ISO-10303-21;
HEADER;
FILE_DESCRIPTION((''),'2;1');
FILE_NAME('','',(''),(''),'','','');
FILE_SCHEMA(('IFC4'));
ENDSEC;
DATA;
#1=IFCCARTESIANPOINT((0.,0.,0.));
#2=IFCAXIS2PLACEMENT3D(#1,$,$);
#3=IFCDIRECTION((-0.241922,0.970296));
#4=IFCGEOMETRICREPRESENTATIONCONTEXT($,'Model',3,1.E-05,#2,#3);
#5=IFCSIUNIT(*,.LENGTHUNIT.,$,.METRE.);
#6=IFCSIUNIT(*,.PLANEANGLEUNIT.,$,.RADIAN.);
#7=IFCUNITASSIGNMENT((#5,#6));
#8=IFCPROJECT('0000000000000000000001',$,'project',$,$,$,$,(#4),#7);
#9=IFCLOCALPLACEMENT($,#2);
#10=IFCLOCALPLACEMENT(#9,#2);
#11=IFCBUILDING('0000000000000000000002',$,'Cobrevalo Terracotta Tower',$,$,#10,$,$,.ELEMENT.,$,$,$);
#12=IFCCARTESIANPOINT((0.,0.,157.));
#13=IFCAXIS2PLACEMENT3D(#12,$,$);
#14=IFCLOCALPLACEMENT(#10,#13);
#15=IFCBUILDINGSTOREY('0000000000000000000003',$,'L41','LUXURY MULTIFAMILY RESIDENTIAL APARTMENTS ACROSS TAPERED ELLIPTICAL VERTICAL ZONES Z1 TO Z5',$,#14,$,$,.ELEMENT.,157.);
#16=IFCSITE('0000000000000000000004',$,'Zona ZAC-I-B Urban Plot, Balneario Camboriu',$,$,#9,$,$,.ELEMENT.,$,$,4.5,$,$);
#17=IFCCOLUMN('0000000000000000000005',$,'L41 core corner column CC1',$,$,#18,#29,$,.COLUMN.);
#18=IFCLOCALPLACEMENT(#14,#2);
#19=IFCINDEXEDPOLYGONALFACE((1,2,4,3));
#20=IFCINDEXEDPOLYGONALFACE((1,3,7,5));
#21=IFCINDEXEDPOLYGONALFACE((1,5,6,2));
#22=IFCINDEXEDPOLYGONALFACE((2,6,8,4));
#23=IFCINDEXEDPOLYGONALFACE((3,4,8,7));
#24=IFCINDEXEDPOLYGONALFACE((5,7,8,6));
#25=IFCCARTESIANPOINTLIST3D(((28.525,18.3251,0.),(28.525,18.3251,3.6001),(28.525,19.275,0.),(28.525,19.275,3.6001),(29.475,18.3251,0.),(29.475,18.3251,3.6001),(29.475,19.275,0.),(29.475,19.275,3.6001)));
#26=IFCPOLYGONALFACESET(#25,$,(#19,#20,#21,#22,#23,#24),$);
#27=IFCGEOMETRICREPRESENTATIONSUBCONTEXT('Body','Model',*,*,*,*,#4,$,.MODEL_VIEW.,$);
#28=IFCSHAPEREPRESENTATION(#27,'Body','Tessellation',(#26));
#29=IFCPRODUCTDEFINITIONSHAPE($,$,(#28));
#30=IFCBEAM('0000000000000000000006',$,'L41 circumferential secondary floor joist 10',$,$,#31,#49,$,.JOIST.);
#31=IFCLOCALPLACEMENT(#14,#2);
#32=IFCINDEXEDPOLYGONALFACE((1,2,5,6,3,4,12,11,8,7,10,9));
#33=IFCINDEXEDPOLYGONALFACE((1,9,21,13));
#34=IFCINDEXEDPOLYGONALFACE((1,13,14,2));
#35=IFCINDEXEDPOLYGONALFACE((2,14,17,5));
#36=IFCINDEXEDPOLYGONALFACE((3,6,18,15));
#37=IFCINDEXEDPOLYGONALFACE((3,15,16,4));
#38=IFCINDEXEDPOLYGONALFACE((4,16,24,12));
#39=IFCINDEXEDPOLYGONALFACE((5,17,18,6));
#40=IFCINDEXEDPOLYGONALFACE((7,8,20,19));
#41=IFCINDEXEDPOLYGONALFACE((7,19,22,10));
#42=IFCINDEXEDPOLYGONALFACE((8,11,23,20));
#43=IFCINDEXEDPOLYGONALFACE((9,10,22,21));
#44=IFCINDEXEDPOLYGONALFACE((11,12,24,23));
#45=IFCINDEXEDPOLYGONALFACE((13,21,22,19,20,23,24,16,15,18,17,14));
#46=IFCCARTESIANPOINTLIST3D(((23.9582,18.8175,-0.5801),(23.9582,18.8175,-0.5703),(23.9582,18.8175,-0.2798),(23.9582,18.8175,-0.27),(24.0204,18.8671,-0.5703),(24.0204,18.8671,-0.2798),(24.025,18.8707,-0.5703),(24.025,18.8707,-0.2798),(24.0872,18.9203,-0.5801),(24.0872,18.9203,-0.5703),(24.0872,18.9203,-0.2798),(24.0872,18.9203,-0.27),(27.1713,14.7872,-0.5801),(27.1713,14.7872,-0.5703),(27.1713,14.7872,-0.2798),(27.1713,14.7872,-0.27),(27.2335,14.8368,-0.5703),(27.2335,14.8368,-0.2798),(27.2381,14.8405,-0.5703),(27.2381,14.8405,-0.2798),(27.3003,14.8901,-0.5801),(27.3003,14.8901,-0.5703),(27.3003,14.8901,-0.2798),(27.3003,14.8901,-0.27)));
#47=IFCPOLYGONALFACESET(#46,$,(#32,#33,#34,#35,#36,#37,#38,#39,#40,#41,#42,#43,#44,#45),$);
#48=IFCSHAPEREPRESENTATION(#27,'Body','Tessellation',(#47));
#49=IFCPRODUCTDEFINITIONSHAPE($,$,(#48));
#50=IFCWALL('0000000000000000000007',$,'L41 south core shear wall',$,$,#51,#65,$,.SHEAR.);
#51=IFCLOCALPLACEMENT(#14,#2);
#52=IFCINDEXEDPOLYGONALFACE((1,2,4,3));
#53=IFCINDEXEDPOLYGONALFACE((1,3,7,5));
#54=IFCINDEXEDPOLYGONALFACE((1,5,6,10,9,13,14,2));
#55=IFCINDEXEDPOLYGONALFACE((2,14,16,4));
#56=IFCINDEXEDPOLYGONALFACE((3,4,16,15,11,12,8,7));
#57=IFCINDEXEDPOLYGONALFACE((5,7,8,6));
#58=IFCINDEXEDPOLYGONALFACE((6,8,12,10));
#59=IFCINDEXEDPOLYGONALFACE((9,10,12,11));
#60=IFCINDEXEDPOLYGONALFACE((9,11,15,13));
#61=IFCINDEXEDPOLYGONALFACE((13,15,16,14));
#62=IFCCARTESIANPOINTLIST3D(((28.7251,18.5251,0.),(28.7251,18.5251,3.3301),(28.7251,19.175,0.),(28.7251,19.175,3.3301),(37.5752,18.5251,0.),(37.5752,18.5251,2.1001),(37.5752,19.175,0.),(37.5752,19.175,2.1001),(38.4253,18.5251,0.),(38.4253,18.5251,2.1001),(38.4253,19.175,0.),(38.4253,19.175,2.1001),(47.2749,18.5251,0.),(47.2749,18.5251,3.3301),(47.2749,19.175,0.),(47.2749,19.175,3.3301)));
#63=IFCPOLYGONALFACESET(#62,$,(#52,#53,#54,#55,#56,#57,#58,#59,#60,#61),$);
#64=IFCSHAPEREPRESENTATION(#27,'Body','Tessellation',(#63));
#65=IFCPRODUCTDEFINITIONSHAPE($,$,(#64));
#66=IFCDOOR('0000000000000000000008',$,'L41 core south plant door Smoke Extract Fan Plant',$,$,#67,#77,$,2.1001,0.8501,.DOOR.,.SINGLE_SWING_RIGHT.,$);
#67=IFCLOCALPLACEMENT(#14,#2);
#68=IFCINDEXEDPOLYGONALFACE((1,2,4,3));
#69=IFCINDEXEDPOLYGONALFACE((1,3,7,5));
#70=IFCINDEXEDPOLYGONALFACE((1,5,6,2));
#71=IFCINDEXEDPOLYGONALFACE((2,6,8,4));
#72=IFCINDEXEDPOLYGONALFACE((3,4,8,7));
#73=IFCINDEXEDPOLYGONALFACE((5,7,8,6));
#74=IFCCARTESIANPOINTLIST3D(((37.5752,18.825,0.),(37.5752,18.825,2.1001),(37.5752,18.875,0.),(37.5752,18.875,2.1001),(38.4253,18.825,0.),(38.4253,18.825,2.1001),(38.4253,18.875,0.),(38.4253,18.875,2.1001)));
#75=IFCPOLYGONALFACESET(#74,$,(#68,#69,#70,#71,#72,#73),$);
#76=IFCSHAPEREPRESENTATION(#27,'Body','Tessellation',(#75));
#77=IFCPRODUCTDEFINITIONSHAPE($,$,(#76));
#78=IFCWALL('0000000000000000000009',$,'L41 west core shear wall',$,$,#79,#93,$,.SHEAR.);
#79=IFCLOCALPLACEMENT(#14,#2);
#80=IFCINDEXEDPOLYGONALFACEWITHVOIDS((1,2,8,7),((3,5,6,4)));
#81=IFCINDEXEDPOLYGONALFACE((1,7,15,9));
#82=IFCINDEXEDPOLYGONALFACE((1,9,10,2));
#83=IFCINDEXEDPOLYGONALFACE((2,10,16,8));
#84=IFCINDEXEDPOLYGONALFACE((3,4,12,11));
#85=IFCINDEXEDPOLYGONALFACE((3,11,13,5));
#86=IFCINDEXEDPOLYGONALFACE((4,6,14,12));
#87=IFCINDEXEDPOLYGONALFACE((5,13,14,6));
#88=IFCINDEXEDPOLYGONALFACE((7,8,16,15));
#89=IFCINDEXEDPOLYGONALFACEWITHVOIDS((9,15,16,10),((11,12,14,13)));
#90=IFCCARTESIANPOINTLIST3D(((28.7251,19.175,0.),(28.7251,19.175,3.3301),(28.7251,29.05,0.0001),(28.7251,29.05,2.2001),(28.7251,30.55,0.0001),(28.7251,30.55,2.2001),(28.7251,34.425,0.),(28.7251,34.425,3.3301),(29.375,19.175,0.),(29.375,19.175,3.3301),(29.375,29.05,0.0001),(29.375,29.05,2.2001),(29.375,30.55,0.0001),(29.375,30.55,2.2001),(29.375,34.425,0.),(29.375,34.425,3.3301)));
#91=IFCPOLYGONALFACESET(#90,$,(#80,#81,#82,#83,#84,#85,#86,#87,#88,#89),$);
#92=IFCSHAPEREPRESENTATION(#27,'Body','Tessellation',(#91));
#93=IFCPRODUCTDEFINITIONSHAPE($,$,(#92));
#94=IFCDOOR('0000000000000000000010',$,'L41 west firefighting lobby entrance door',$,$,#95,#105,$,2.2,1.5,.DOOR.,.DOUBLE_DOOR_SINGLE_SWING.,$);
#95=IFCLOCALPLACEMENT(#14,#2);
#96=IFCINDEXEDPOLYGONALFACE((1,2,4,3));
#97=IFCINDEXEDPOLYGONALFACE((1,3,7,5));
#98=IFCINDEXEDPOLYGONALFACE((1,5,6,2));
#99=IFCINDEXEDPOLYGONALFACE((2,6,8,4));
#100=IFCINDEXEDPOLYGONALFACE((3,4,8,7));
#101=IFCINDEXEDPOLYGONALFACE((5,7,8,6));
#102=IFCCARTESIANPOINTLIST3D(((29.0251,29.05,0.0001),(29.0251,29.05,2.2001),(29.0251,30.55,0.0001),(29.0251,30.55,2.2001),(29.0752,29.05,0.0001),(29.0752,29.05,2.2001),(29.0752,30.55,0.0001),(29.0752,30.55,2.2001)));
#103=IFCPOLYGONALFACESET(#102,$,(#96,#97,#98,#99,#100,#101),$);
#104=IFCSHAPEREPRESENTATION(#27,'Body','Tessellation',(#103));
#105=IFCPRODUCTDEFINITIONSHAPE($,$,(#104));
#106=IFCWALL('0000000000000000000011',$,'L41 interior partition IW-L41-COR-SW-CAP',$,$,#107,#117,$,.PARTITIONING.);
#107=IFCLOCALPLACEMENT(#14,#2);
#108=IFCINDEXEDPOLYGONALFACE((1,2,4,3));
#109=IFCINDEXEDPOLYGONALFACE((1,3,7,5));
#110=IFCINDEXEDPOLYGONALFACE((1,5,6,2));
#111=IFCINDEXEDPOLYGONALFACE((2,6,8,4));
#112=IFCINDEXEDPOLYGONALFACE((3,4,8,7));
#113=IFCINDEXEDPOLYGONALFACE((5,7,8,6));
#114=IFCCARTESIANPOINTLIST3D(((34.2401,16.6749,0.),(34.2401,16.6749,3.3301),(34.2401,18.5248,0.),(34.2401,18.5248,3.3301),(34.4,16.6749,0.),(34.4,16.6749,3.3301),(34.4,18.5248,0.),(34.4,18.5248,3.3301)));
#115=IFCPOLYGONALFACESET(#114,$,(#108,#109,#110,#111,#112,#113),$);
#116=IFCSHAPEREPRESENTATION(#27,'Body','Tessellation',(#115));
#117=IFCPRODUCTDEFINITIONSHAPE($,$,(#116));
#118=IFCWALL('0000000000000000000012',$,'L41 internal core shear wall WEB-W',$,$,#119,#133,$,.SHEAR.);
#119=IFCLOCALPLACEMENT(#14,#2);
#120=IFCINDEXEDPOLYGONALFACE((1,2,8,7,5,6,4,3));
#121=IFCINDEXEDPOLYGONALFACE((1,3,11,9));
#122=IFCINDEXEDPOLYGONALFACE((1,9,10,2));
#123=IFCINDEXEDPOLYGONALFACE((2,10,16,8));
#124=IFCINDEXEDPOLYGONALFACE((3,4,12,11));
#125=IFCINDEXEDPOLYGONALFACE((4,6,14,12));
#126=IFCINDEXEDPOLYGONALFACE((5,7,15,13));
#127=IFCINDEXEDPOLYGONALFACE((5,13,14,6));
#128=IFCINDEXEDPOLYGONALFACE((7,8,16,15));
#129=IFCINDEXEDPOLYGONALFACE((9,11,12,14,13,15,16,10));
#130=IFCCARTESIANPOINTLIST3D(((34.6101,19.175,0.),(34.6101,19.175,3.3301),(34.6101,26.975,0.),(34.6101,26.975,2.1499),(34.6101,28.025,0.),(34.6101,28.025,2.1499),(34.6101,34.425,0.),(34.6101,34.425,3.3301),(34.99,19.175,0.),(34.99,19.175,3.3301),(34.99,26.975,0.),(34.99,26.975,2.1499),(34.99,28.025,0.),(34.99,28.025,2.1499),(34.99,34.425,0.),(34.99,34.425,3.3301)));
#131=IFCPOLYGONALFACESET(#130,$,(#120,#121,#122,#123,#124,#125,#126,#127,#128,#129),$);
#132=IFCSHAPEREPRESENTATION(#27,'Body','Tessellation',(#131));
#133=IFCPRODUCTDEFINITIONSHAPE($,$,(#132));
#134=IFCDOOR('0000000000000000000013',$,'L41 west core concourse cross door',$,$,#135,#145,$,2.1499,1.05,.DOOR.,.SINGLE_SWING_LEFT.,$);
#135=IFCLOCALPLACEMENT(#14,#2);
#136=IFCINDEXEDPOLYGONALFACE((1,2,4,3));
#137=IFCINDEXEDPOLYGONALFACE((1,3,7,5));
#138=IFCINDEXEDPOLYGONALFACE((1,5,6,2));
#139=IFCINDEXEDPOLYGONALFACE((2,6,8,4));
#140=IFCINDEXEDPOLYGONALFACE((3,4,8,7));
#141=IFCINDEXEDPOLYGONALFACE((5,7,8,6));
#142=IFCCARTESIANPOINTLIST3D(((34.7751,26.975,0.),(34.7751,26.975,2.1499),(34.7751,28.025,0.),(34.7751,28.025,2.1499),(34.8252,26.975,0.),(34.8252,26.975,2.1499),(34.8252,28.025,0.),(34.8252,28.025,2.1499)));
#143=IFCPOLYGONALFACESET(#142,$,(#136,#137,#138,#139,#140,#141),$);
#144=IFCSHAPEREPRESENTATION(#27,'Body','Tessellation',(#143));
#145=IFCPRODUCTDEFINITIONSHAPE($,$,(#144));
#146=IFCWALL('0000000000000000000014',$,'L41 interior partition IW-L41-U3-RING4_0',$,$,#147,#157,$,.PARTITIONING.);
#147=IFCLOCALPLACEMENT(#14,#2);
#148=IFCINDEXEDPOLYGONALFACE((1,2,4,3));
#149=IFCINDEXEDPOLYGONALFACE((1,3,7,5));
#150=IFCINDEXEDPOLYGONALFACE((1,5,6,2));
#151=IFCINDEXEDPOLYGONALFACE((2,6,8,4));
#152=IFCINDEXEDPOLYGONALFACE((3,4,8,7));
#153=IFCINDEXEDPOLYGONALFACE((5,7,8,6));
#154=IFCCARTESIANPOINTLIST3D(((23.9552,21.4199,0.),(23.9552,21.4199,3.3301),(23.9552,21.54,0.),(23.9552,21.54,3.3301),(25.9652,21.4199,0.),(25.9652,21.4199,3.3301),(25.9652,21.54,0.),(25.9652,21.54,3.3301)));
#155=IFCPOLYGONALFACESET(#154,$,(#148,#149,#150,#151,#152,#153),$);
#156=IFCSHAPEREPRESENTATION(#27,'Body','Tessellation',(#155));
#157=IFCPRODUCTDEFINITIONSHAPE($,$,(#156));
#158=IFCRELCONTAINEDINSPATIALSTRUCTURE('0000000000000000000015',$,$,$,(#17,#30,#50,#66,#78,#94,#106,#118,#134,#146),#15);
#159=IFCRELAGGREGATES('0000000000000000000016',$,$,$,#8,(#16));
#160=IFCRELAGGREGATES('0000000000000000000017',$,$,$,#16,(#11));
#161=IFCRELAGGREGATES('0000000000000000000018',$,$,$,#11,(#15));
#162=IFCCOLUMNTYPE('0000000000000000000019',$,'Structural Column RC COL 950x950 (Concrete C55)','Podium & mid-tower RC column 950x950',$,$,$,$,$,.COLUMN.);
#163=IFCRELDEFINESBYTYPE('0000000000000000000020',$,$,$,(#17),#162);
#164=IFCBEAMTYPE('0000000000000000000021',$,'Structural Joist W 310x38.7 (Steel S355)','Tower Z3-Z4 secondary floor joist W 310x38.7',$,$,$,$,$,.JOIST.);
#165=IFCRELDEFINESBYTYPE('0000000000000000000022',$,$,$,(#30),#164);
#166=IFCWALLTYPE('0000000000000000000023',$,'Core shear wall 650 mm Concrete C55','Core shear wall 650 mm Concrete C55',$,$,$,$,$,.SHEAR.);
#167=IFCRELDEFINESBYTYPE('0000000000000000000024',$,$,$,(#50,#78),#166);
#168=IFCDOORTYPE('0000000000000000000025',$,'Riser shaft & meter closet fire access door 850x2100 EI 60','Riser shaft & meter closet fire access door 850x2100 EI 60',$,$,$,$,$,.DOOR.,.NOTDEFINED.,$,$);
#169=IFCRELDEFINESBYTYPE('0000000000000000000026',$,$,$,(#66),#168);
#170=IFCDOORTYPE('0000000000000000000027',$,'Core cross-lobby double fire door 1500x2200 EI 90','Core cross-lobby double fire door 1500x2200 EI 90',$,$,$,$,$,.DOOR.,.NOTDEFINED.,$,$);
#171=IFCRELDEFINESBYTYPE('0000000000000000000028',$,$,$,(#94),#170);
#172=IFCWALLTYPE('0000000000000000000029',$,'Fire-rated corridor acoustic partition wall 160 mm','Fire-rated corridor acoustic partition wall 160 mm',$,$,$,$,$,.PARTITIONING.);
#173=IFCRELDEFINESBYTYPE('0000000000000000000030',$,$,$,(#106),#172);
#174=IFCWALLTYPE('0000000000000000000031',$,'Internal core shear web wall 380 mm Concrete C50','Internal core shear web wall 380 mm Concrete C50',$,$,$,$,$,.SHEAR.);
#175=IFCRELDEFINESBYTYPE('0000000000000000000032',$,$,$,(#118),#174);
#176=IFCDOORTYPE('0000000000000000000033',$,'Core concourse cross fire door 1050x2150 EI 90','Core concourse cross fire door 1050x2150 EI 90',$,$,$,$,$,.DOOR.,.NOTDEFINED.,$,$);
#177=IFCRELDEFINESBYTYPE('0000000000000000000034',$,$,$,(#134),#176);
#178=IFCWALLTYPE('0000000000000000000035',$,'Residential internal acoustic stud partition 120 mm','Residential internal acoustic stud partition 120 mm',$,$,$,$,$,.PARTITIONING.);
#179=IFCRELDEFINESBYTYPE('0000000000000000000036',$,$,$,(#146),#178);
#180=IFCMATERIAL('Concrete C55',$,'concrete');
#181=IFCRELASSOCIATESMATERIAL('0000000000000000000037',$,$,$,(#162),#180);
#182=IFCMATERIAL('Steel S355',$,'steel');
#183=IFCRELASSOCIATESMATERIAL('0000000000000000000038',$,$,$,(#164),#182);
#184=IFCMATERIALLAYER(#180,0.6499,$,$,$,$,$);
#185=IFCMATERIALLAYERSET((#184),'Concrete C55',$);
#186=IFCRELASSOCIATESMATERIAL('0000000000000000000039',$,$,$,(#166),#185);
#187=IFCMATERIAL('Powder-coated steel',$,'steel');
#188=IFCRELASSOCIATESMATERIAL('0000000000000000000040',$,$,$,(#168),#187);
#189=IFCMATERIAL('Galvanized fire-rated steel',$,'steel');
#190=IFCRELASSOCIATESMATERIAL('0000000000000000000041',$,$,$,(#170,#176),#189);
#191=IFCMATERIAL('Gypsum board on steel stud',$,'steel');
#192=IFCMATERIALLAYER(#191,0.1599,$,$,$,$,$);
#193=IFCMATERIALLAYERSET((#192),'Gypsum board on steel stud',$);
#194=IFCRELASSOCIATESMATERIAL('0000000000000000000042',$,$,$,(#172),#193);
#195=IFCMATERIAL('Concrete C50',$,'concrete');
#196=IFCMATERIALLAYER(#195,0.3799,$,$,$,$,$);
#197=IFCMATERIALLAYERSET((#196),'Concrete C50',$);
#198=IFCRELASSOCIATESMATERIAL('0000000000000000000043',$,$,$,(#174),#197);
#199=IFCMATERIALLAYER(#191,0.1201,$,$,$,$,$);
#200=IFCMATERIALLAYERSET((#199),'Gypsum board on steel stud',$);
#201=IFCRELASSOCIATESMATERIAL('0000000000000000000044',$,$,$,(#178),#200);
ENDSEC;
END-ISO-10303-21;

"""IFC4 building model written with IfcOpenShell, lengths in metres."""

from ifc_helpers import new_model, si_unit, direction, frame, frame_2d, origin, origin_2d, place, context, subcontext, project, spatial, rectangle, i_section, extrude, source, transform, mapped, material, layer, layer_set, material_profile, profile_set, type_object, element, fill, save


model = new_model("IFC4")

# Units and contexts
model_context = context("Model", 3, precision=1e-05, world=origin(), true_north=direction((-0.241922, 0.970296)))
body_context = subcontext(model_context, "Body", "Model", "MODEL_VIEW")
ifc_project = project(units=[si_unit("LENGTHUNIT", "METRE"), si_unit("PLANEANGLEUNIT", "RADIAN")], contexts=[model_context])

# Site, building, storey
site_placement = place(None, origin())
site = spatial("IfcSite", under=ifc_project, at=site_placement, Name="Zona ZAC-I-B Urban Plot, Balneario Camboriu", CompositionType="ELEMENT", RefElevation=4.5)
building_placement = place(site_placement, origin())
building = spatial("IfcBuilding", under=site, at=building_placement, Name="Cobrevalo Terracotta Tower", CompositionType="ELEMENT")
storey_placement = place(building_placement, frame((0.0, 0.0, 157.0)))
storey = spatial("IfcBuildingStorey", under=building, at=storey_placement, Name="L41", Description="LUXURY MULTIFAMILY RESIDENTIAL APARTMENTS ACROSS TAPERED ELLIPTICAL VERTICAL ZONES Z1 TO Z5", CompositionType="ELEMENT", Elevation=157.0)

# Column
ifc_material_1 = material(Name="Concrete C55", Category="concrete")
ifc_material_profile_1 = material_profile(ifc_material_1, rectangle(XDim=0.95, YDim=0.95, at=origin_2d()), Name="RC COL 950x950")
ifc_profile_set_1 = profile_set([ifc_material_profile_1], Name="Concrete C55")
column_type = type_object("IfcColumnType", Name="Structural Column RC COL 950x950 (Concrete C55)", Description="Podium & mid-tower RC column 950x950", PredefinedType="COLUMN", material=ifc_profile_set_1)
column_placement = place(storey_placement, frame((29.0, 18.8, 0.0), z_axis=(0.0, 0.0, 1.0), x_axis=(1.0, 0.0, 0.0)))
element("IfcColumn", 1, at=column_placement, inside=storey, type_object=column_type, Name="L41 core corner column CC1", PredefinedType="COLUMN", context=body_context, shape_type="SweptSolid", body=[
    extrude(rectangle(XDim=0.95, YDim=0.95, at=origin_2d()), origin(), (0.0, 0.0, 1.0), 3.6001),
])

# Beam
ifc_material_2 = material(Name="Steel S355", Category="steel")
ifc_material_profile_2 = material_profile(ifc_material_2, i_section(OverallWidth=0.165, OverallDepth=0.3101, WebThickness=0.0059, FlangeThickness=0.0098, at=origin_2d()), Name="W 310x38.7")
ifc_profile_set_2 = profile_set([ifc_material_profile_2], Name="Steel S355")
beam_type = type_object("IfcBeamType", Name="Structural Joist W 310x38.7 (Steel S355)", Description="Tower Z3-Z4 secondary floor joist W 310x38.7", PredefinedType="JOIST", material=ifc_profile_set_2)
beam_placement = place(storey_placement, frame((24.0227, 18.8689, -0.425), z_axis=(0.623383, -0.781917, 0.0), x_axis=(0.781917, 0.623383, 0.0)))
element("IfcBeam", 2, at=beam_placement, inside=storey, type_object=beam_type, Name="L41 circumferential secondary floor joist 10", PredefinedType="JOIST", context=body_context, shape_type="SweptSolid", body=[
    extrude(i_section(OverallWidth=0.165, OverallDepth=0.3101, WebThickness=0.0059, FlangeThickness=0.0098, at=origin_2d()), origin(), (0.0, 0.0, 1.0), 5.1543),
])

# Walls, openings, doors
ifc_layer_1 = layer(ifc_material_1, 0.6499)
ifc_layer_set_1 = layer_set([ifc_layer_1], Name="Concrete C55")
wall_type_1 = type_object("IfcWallType", Name="Core shear wall 650 mm Concrete C55", Description="Core shear wall 650 mm Concrete C55", PredefinedType="SHEAR", material=ifc_layer_set_1)
wall_1_placement = place(storey_placement, frame((28.7251, 18.8501, 0.0), z_axis=(0.0, 0.0, 1.0), x_axis=(1.0, 0.0, 0.0)))
wall_1 = element("IfcWall", 3, at=wall_1_placement, inside=storey, type_object=wall_type_1, Name="L41 south core shear wall", PredefinedType="SHEAR", context=body_context, shape_type="SweptSolid", body=[
    extrude(rectangle(XDim=18.5498, YDim=0.6499, at=frame_2d((9.2749, 0.0))), origin(), (0.0, 0.0, 1.0), 3.3301),
])
opening_1_placement = place(wall_1_placement, frame((8.8501, 0.0, 0.0)))
opening_1 = element("IfcOpeningElement", 4, at=opening_1_placement, cuts=wall_1, PredefinedType="OPENING", context=body_context, shape_type="SweptSolid", body=[
    extrude(rectangle(XDim=0.8501, YDim=2.1001, at=frame_2d((0.425, 1.05))), frame((0.0, 0.335, 0.0), z_axis=(0.0, -1.0, 0.0), x_axis=(1.0, 0.0, 0.0)), (0.0, 0.0, 1.0), 0.6699),
])
ifc_material_3 = material(Name="Powder-coated steel", Category="steel")
door_type_1 = type_object("IfcDoorType", Name="Riser shaft & meter closet fire access door 850x2100 EI 60", Description="Riser shaft & meter closet fire access door 850x2100 EI 60", OperationType="NOTDEFINED", PredefinedType="DOOR", material=ifc_material_3)
shared_shape_1 = source(origin(), body_context, "Body", "SweptSolid", [
    extrude(rectangle(XDim=0.8501, YDim=2.1001, at=frame_2d((0.425, 1.05))), frame((0.0, 0.0249, 0.0), z_axis=(0.0, -1.0, 0.0), x_axis=(1.0, 0.0, 0.0)), (0.0, 0.0, 1.0), 0.05),
])
door_1_placement = place(opening_1_placement, origin())
door_1 = element("IfcDoor", 5, at=door_1_placement, inside=storey, type_object=door_type_1, Name="L41 core south plant door Smoke Extract Fan Plant", OperationType="SINGLE_SWING_RIGHT", OverallHeight=2.1001, OverallWidth=0.8501, PredefinedType="DOOR", context=body_context, shape_type="MappedRepresentation", body=[
    mapped(shared_shape_1, transform((0.0, 0.0, 0.0), scale=1.0)),
])
fill(opening_1, door_1)
wall_2_placement = place(storey_placement, frame((29.05, 19.175, 0.0), z_axis=(0.0, 0.0, 1.0), x_axis=(0.0, 1.0, 0.0)))
wall_2 = element("IfcWall", 6, at=wall_2_placement, inside=storey, type_object=wall_type_1, Name="L41 west core shear wall", PredefinedType="SHEAR", context=body_context, shape_type="SweptSolid", body=[
    extrude(rectangle(XDim=15.25, YDim=0.6499, at=frame_2d((7.625, 0.0))), origin(), (0.0, 0.0, 1.0), 3.3301),
])
opening_2_placement = place(wall_2_placement, frame((9.875, 0.0, 0.0)))
opening_2 = element("IfcOpeningElement", 7, at=opening_2_placement, cuts=wall_2, PredefinedType="OPENING", context=body_context, shape_type="SweptSolid", body=[
    extrude(rectangle(XDim=1.5, YDim=2.2, at=frame_2d((0.75, 1.1001))), frame((0.0, 0.335, 0.0), z_axis=(0.0, -1.0, 0.0), x_axis=(1.0, 0.0, 0.0)), (0.0, 0.0, 1.0), 0.6699),
])
ifc_material_4 = material(Name="Galvanized fire-rated steel", Category="steel")
door_type_2 = type_object("IfcDoorType", Name="Core cross-lobby double fire door 1500x2200 EI 90", Description="Core cross-lobby double fire door 1500x2200 EI 90", OperationType="NOTDEFINED", PredefinedType="DOOR", material=ifc_material_4)
shared_shape_2 = source(origin(), body_context, "Body", "SweptSolid", [
    extrude(rectangle(XDim=1.5, YDim=2.2, at=frame_2d((0.75, 1.1001))), frame((0.0, 0.0249, 0.0), z_axis=(0.0, -1.0, 0.0), x_axis=(1.0, 0.0, 0.0)), (0.0, 0.0, 1.0), 0.05),
])
door_2_placement = place(opening_2_placement, origin())
door_2 = element("IfcDoor", 8, at=door_2_placement, inside=storey, type_object=door_type_2, Name="L41 west firefighting lobby entrance door", OperationType="DOUBLE_DOOR_SINGLE_SWING", OverallHeight=2.2, OverallWidth=1.5, PredefinedType="DOOR", context=body_context, shape_type="MappedRepresentation", body=[
    mapped(shared_shape_2, transform((0.0, 0.0, 0.0), scale=1.0)),
])
fill(opening_2, door_2)

# Wall
ifc_material_5 = material(Name="Gypsum board on steel stud", Category="steel")
ifc_layer_2 = layer(ifc_material_5, 0.1599)
ifc_layer_set_2 = layer_set([ifc_layer_2], Name="Gypsum board on steel stud")
wall_type_2 = type_object("IfcWallType", Name="Fire-rated corridor acoustic partition wall 160 mm", Description="Fire-rated corridor acoustic partition wall 160 mm", PredefinedType="PARTITIONING", material=ifc_layer_set_2)
wall_3_placement = place(storey_placement, frame((34.3201, 16.675, 0.0), z_axis=(0.0, 0.0, 1.0), x_axis=(0.0, 1.0, 0.0)))
element("IfcWall", 9, at=wall_3_placement, inside=storey, type_object=wall_type_2, Name="L41 interior partition IW-L41-COR-SW-CAP", PredefinedType="PARTITIONING", context=body_context, shape_type="SweptSolid", body=[
    extrude(rectangle(XDim=1.8499, YDim=0.1599, at=frame_2d((0.9248, 0.0))), origin(), (0.0, 0.0, 1.0), 3.3301),
])

# Wall, opening, door
ifc_material_6 = material(Name="Concrete C50", Category="concrete")
ifc_layer_3 = layer(ifc_material_6, 0.3799)
ifc_layer_set_3 = layer_set([ifc_layer_3], Name="Concrete C50")
wall_type_3 = type_object("IfcWallType", Name="Internal core shear web wall 380 mm Concrete C50", Description="Internal core shear web wall 380 mm Concrete C50", PredefinedType="SHEAR", material=ifc_layer_set_3)
wall_4_placement = place(storey_placement, frame((34.8, 19.175, 0.0), z_axis=(0.0, 0.0, 1.0), x_axis=(0.0, 1.0, 0.0)))
wall_4 = element("IfcWall", 10, at=wall_4_placement, inside=storey, type_object=wall_type_3, Name="L41 internal core shear wall WEB-W", PredefinedType="SHEAR", context=body_context, shape_type="SweptSolid", body=[
    extrude(rectangle(XDim=15.25, YDim=0.3799, at=frame_2d((7.625, 0.0))), origin(), (0.0, 0.0, 1.0), 3.3301),
])
opening_3_placement = place(wall_4_placement, frame((7.8, 0.0, 0.0)))
opening_3 = element("IfcOpeningElement", 11, at=opening_3_placement, cuts=wall_4, PredefinedType="OPENING", context=body_context, shape_type="SweptSolid", body=[
    extrude(rectangle(XDim=1.05, YDim=2.1499, at=frame_2d((0.5249, 1.075))), frame((0.0, 0.2, 0.0), z_axis=(0.0, -1.0, 0.0), x_axis=(1.0, 0.0, 0.0)), (0.0, 0.0, 1.0), 0.3999),
])
door_type_3 = type_object("IfcDoorType", Name="Core concourse cross fire door 1050x2150 EI 90", Description="Core concourse cross fire door 1050x2150 EI 90", OperationType="NOTDEFINED", PredefinedType="DOOR", material=ifc_material_4)
shared_shape_3 = source(origin(), body_context, "Body", "SweptSolid", [
    extrude(rectangle(XDim=1.05, YDim=2.1499, at=frame_2d((0.5249, 1.075))), frame((0.0, 0.0249, 0.0), z_axis=(0.0, -1.0, 0.0), x_axis=(1.0, 0.0, 0.0)), (0.0, 0.0, 1.0), 0.05),
])
door_3_placement = place(opening_3_placement, origin())
door_3 = element("IfcDoor", 12, at=door_3_placement, inside=storey, type_object=door_type_3, Name="L41 west core concourse cross door", OperationType="SINGLE_SWING_LEFT", OverallHeight=2.1499, OverallWidth=1.05, PredefinedType="DOOR", context=body_context, shape_type="MappedRepresentation", body=[
    mapped(shared_shape_3, transform((0.0, 0.0, 0.0), scale=1.0)),
])
fill(opening_3, door_3)

# Wall
ifc_layer_4 = layer(ifc_material_5, 0.1201)
ifc_layer_set_4 = layer_set([ifc_layer_4], Name="Gypsum board on steel stud")
wall_type_4 = type_object("IfcWallType", Name="Residential internal acoustic stud partition 120 mm", Description="Residential internal acoustic stud partition 120 mm", PredefinedType="PARTITIONING", material=ifc_layer_set_4)
wall_5_placement = place(storey_placement, frame((25.9651, 21.48, 0.0), z_axis=(0.0, 0.0, 1.0), x_axis=(-1.0, 0.0, 0.0)))
element("IfcWall", 13, at=wall_5_placement, inside=storey, type_object=wall_type_4, Name="L41 interior partition IW-L41-U3-RING4_0", PredefinedType="PARTITIONING", context=body_context, shape_type="SweptSolid", body=[
    extrude(rectangle(XDim=2.01, YDim=0.1201, at=frame_2d((1.0049, 0.0))), origin(), (0.0, 0.0, 1.0), 3.3301),
])

save(model, "model.ifc")
